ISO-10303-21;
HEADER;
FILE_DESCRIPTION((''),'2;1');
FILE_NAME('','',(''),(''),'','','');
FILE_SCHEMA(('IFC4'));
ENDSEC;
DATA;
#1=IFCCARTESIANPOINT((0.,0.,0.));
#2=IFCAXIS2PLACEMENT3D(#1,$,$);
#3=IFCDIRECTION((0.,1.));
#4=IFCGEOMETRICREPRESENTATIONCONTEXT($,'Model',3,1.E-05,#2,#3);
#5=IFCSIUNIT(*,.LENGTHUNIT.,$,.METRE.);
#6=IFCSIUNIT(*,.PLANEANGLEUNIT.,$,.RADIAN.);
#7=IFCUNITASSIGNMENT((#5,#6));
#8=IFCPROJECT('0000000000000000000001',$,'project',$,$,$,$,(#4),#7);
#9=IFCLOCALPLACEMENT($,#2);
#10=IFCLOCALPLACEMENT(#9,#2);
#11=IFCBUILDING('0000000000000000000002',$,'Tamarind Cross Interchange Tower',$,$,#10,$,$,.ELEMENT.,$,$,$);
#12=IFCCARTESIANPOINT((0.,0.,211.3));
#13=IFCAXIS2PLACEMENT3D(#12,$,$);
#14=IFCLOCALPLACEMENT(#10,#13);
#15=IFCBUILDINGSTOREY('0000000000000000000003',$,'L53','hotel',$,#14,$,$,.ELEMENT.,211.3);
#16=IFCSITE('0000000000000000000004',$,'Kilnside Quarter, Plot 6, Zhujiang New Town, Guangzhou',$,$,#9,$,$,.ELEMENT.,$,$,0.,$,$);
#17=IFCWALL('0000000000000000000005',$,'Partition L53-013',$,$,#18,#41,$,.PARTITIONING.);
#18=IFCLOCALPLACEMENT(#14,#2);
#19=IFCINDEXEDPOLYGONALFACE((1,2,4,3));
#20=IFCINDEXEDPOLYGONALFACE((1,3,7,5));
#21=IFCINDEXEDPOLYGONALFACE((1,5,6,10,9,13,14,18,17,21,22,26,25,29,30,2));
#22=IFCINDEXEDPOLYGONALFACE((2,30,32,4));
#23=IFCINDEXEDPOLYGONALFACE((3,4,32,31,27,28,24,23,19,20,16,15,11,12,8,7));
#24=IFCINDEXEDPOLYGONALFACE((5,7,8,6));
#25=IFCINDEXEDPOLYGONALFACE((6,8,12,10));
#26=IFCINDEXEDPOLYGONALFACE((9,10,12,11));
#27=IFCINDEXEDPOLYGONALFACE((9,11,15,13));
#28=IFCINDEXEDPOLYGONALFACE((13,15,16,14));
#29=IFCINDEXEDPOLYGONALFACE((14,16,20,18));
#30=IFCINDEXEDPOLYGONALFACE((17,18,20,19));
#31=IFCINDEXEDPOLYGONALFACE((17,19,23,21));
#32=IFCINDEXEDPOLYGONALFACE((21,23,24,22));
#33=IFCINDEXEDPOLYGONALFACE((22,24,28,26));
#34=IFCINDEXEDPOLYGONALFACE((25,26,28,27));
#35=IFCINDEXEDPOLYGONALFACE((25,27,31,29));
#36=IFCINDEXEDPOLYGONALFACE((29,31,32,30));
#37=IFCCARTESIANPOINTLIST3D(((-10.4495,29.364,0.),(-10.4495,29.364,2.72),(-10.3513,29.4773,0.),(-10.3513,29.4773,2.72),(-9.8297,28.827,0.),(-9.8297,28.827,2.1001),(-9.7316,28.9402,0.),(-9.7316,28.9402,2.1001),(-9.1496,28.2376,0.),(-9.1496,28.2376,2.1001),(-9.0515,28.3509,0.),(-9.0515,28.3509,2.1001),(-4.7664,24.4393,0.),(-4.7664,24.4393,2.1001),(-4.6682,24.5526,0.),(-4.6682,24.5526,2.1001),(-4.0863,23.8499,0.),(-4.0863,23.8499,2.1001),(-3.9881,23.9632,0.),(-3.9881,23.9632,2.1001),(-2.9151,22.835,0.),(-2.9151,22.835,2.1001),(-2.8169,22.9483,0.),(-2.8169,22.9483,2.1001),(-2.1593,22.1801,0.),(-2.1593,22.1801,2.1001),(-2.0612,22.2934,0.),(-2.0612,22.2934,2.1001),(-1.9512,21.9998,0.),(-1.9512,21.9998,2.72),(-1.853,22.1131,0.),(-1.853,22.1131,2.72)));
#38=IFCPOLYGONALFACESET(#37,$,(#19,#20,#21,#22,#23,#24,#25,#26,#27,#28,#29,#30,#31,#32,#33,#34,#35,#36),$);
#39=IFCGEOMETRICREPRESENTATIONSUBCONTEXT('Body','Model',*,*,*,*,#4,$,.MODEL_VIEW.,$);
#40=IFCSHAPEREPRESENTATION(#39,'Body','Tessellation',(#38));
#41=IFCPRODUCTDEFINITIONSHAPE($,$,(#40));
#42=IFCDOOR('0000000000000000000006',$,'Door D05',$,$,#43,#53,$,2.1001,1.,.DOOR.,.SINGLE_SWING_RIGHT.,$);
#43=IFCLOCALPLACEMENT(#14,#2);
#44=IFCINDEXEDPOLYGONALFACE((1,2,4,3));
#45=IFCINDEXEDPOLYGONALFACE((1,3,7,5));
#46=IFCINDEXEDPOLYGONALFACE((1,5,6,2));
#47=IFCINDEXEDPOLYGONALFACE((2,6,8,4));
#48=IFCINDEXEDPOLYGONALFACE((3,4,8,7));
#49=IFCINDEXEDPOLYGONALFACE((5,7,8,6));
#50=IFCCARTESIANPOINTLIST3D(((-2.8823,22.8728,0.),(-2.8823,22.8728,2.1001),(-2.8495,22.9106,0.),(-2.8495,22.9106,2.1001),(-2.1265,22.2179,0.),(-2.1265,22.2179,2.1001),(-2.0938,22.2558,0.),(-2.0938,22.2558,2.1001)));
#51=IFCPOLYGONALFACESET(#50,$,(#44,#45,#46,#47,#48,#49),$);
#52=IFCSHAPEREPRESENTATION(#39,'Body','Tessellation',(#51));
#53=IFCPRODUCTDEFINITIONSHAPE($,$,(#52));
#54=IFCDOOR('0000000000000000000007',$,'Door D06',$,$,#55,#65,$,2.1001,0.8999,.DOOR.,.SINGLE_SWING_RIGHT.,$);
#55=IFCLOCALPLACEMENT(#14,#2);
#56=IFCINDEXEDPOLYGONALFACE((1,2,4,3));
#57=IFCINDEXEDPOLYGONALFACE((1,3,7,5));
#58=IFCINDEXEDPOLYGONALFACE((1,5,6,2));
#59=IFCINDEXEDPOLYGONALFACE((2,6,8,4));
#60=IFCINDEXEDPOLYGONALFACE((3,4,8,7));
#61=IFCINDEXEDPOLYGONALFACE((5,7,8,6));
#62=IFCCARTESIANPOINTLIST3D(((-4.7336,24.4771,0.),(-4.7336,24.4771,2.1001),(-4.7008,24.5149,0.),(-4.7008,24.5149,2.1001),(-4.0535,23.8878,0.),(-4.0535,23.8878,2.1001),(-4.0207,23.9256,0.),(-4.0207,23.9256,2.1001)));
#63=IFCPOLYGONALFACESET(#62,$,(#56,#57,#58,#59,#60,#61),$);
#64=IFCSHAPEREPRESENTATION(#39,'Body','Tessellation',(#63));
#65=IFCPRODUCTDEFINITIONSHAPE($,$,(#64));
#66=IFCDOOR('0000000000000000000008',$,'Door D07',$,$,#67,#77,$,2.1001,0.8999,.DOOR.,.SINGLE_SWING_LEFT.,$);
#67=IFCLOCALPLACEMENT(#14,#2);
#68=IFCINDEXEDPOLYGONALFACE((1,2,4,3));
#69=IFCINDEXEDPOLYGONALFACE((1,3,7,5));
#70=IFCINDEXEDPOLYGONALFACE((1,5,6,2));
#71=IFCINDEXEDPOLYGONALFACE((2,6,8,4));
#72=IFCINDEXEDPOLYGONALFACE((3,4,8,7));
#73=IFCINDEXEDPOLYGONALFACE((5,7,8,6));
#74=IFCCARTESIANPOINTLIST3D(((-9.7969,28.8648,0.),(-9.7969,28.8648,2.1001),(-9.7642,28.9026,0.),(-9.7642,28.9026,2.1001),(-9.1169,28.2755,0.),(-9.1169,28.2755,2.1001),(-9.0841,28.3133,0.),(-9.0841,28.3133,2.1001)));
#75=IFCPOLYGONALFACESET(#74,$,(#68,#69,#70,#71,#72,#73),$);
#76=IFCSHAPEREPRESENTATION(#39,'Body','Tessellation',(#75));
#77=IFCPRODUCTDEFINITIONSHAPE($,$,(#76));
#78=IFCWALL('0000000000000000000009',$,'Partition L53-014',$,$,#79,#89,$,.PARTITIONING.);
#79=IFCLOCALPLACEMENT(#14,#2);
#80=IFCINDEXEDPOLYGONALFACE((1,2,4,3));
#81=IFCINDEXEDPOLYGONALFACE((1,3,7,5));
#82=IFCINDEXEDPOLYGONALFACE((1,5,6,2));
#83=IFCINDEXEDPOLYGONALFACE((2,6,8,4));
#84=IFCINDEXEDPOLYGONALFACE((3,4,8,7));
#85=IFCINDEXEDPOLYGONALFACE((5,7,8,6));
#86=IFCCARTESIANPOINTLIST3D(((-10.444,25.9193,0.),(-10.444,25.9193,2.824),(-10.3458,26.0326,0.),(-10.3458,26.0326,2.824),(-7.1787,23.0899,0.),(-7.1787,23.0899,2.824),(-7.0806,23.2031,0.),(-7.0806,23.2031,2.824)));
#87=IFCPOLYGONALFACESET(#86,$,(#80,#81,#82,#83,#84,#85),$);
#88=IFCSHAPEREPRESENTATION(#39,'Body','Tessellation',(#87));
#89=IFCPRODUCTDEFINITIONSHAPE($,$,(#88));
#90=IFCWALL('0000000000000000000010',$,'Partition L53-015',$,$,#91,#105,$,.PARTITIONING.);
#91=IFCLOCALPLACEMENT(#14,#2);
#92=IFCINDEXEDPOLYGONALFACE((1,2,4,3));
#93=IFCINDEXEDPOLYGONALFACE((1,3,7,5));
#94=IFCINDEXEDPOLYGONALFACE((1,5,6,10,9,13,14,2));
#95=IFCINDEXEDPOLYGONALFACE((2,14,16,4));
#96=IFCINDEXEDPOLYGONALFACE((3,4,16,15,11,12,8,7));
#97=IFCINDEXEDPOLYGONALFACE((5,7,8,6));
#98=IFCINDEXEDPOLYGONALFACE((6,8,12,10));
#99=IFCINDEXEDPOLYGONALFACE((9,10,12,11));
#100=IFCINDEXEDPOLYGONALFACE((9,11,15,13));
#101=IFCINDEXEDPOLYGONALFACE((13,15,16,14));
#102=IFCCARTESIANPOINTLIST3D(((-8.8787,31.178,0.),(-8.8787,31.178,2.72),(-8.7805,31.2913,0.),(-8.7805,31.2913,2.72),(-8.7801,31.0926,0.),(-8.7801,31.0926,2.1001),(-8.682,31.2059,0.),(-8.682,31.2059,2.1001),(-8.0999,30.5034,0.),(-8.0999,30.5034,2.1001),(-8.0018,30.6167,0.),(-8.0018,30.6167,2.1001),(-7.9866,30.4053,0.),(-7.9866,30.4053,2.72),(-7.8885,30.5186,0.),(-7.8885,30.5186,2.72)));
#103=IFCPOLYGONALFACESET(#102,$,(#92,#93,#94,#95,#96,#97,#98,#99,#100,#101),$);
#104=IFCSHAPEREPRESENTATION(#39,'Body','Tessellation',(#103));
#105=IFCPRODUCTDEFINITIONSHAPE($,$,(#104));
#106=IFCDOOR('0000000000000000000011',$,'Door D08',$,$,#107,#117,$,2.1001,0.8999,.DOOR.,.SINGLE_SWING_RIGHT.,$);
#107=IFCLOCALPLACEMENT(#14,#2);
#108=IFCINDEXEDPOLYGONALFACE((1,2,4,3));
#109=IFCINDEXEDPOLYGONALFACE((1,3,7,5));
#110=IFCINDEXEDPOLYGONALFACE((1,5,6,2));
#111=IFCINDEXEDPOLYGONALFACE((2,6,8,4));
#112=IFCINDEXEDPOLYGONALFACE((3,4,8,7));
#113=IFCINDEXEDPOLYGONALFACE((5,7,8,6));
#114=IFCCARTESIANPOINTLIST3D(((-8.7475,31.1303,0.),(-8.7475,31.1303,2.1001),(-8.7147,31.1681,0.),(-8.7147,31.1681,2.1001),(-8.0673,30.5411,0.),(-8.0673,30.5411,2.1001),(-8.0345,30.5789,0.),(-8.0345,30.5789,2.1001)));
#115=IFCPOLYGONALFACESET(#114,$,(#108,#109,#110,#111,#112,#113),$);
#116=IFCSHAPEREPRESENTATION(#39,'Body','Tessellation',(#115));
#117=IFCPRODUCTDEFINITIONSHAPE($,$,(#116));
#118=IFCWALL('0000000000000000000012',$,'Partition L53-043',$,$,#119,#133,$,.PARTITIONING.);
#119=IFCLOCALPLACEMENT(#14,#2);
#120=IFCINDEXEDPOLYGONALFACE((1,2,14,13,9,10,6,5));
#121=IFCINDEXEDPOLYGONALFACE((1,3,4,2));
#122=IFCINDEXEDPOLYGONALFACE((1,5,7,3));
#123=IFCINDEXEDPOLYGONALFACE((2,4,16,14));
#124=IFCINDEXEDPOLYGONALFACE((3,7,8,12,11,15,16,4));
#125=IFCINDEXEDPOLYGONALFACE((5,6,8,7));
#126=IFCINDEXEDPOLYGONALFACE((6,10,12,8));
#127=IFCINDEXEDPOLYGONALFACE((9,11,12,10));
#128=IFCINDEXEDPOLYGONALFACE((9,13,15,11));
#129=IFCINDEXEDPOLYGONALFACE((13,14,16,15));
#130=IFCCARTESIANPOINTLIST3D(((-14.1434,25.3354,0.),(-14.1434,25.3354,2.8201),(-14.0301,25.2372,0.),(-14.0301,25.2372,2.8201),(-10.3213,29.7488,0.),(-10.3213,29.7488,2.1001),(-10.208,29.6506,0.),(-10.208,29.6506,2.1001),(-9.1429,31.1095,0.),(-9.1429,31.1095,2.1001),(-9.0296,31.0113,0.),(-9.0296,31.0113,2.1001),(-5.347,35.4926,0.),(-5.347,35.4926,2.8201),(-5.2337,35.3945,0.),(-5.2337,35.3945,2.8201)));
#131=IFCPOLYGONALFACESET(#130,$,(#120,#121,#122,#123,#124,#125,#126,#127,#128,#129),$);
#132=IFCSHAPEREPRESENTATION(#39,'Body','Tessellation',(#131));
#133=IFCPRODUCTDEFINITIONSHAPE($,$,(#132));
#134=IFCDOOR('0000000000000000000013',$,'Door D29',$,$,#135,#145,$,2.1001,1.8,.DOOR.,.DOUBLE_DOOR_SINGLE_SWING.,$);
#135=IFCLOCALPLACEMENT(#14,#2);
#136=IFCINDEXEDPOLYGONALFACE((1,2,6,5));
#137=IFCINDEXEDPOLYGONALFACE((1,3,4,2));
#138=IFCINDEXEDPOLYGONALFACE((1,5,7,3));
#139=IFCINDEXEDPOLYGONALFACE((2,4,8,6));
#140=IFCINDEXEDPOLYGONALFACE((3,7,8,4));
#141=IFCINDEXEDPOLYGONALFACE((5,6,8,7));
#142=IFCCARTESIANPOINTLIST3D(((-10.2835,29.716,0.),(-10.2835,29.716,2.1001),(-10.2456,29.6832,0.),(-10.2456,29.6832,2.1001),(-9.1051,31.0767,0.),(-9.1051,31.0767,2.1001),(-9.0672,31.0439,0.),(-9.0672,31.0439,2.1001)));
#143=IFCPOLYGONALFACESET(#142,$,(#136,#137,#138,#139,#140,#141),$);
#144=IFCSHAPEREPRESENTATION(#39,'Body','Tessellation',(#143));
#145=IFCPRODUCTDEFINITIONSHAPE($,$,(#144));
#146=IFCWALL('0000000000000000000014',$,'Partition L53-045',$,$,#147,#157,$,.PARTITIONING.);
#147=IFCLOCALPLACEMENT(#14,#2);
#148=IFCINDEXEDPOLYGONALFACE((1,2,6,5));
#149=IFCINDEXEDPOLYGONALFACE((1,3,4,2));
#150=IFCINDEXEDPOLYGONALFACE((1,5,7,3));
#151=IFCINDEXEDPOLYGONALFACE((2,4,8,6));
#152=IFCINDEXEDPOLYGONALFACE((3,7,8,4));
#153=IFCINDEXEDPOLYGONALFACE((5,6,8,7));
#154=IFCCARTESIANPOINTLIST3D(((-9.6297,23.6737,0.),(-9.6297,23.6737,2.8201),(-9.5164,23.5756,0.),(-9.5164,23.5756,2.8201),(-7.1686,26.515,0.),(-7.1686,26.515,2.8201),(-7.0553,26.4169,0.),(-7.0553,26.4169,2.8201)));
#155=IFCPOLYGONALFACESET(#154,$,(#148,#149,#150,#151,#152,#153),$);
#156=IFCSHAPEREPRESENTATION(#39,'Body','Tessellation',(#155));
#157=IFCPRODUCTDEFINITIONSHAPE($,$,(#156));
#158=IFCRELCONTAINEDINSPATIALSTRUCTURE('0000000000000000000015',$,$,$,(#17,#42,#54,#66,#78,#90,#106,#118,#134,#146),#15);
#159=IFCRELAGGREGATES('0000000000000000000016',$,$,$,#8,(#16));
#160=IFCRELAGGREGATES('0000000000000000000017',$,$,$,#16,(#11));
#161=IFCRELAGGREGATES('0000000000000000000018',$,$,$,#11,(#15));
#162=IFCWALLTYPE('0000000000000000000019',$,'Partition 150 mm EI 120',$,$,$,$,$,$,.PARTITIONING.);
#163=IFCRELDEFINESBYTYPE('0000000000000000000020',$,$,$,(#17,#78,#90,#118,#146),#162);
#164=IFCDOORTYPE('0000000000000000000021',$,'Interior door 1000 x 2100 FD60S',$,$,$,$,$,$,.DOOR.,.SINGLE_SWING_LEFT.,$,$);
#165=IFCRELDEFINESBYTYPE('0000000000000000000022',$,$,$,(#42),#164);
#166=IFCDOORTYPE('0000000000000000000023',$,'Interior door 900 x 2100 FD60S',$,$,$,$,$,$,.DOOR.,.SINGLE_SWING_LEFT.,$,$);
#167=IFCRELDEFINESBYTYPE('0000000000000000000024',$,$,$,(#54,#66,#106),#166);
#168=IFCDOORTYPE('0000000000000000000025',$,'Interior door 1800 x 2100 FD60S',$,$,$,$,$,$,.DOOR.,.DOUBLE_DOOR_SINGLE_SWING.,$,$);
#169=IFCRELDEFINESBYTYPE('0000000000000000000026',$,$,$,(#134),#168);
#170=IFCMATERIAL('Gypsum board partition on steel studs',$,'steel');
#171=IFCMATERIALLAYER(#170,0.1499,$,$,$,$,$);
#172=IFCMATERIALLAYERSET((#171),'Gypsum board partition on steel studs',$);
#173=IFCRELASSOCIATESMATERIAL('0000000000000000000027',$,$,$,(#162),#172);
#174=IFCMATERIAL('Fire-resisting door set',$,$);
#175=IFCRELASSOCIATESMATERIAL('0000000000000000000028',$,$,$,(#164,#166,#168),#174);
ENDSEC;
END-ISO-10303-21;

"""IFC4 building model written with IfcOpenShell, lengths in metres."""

from ifc_helpers import new_model, si_unit, direction, frame, frame_2d, origin, place, context, subcontext, project, spatial, rectangle, extrude, material, layer, layer_set, type_object, element, fill, save


model = new_model("IFC4")

# Units and contexts
model_context = context("Model", 3, precision=1e-05, world=origin(), true_north=direction((0.0, 1.0)))
body_context = subcontext(model_context, "Body", "Model", "MODEL_VIEW")
ifc_project = project(units=[si_unit("LENGTHUNIT", "METRE"), si_unit("PLANEANGLEUNIT", "RADIAN")], contexts=[model_context])

# Site, building, storey
site_placement = place(None, origin())
site = spatial("IfcSite", under=ifc_project, at=site_placement, Name="Kilnside Quarter, Plot 6, Zhujiang New Town, Guangzhou", CompositionType="ELEMENT", RefElevation=0.0)
building_placement = place(site_placement, origin())
building = spatial("IfcBuilding", under=site, at=building_placement, Name="Tamarind Cross Interchange Tower", CompositionType="ELEMENT")
storey_placement = place(building_placement, frame((0.0, 0.0, 211.3)))
storey = spatial("IfcBuildingStorey", under=building, at=storey_placement, Name="L53", Description="hotel", CompositionType="ELEMENT", Elevation=211.3)

# Wall, openings, doors
ifc_material_1 = material(Name="Gypsum board partition on steel studs", Category="steel")
ifc_layer_1 = layer(ifc_material_1, 0.1499)
ifc_layer_set_1 = layer_set([ifc_layer_1], Name="Gypsum board partition on steel studs")
wall_type = type_object("IfcWallType", Name="Partition 150 mm EI 120", PredefinedType="PARTITIONING", material=ifc_layer_set_1)
wall_1_placement = place(storey_placement, frame((-10.4004, 29.4207, 0.0), z_axis=(0.0, 0.0, 1.0), x_axis=(0.75573, -0.654883, 0.0)))
wall_1 = element("IfcWall", 1, at=wall_1_placement, inside=storey, type_object=wall_type, Name="Partition L53-013", PredefinedType="PARTITIONING", context=body_context, shape_type="SweptSolid", body=[
    extrude(rectangle(XDim=11.2451, YDim=0.1499, at=frame_2d((5.6226, 0.0))), origin(), (0.0, 0.0, 1.0), 2.72),
])
opening_1_placement = place(wall_1_placement, frame((9.9697, 0.0, 0.0)))
opening_1 = element("IfcOpeningElement", 2, at=opening_1_placement, cuts=wall_1, PredefinedType="OPENING", context=body_context, shape_type="SweptSolid", body=[
    extrude(rectangle(XDim=1.0, YDim=2.1001, at=frame_2d((0.5, 1.05))), frame((0.0, 0.085, 0.0), z_axis=(0.0, -1.0, 0.0), x_axis=(1.0, 0.0, 0.0)), (0.0, 0.0, 1.0), 0.1699),
])
opening_2_placement = place(wall_1_placement, frame((7.52, 0.0, 0.0)))
opening_2 = element("IfcOpeningElement", 3, at=opening_2_placement, cuts=wall_1, PredefinedType="OPENING", context=body_context, shape_type="SweptSolid", body=[
    extrude(rectangle(XDim=0.8999, YDim=2.1001, at=frame_2d((0.45, 1.05))), frame((0.0, 0.085, 0.0), z_axis=(0.0, -1.0, 0.0), x_axis=(1.0, 0.0, 0.0)), (0.0, 0.0, 1.0), 0.1699),
])
opening_3_placement = place(wall_1_placement, frame((0.8201, 0.0, 0.0)))
opening_3 = element("IfcOpeningElement", 4, at=opening_3_placement, cuts=wall_1, PredefinedType="OPENING", context=body_context, shape_type="SweptSolid", body=[
    extrude(rectangle(XDim=0.8999, YDim=2.1001, at=frame_2d((0.45, 1.05))), frame((0.0, 0.085, 0.0), z_axis=(0.0, -1.0, 0.0), x_axis=(1.0, 0.0, 0.0)), (0.0, 0.0, 1.0), 0.1699),
])
ifc_material_2 = material(Name="Fire-resisting door set")
door_type_1 = type_object("IfcDoorType", Name="Interior door 1000 x 2100 FD60S", OperationType="SINGLE_SWING_LEFT", PredefinedType="DOOR", material=ifc_material_2)
door_1_placement = place(opening_1_placement, frame((1.0, 0.0, 0.0), z_axis=(0.0, 0.0, 1.0), x_axis=(-1.0, 0.0, 0.0)))
door_1 = element("IfcDoor", 5, at=door_1_placement, inside=storey, type_object=door_type_1, Name="Door D05", OperationType="SINGLE_SWING_RIGHT", OverallHeight=2.1001, OverallWidth=1.0, PredefinedType="DOOR", context=body_context, shape_type="SweptSolid", body=[
    extrude(rectangle(XDim=1.0, YDim=2.1001, at=frame_2d((0.5, 1.05))), frame((0.0, 0.0249, 0.0), z_axis=(0.0, -1.0, 0.0), x_axis=(1.0, 0.0, 0.0)), (0.0, 0.0, 1.0), 0.05),
])
fill(opening_1, door_1)
door_type_2 = type_object("IfcDoorType", Name="Interior door 900 x 2100 FD60S", OperationType="SINGLE_SWING_LEFT", PredefinedType="DOOR", material=ifc_material_2)
door_2_placement = place(opening_2_placement, frame((0.8999, 0.0, 0.0), z_axis=(0.0, 0.0, 1.0), x_axis=(-1.0, 0.0, 0.0)))
door_2 = element("IfcDoor", 6, at=door_2_placement, inside=storey, type_object=door_type_2, Name="Door D06", OperationType="SINGLE_SWING_RIGHT", OverallHeight=2.1001, OverallWidth=0.8999, PredefinedType="DOOR", context=body_context, shape_type="SweptSolid", body=[
    extrude(rectangle(XDim=0.8999, YDim=2.1001, at=frame_2d((0.45, 1.05))), frame((0.0, 0.0249, 0.0), z_axis=(0.0, -1.0, 0.0), x_axis=(1.0, 0.0, 0.0)), (0.0, 0.0, 1.0), 0.05),
])
fill(opening_2, door_2)
door_3_placement = place(opening_3_placement, frame((0.8999, 0.0, 0.0), z_axis=(0.0, 0.0, 1.0), x_axis=(-1.0, 0.0, 0.0)))
door_3 = element("IfcDoor", 7, at=door_3_placement, inside=storey, type_object=door_type_2, Name="Door D07", OperationType="SINGLE_SWING_LEFT", OverallHeight=2.1001, OverallWidth=0.8999, PredefinedType="DOOR", context=body_context, shape_type="SweptSolid", body=[
    extrude(rectangle(XDim=0.8999, YDim=2.1001, at=frame_2d((0.45, 1.05))), frame((0.0, 0.0249, 0.0), z_axis=(0.0, -1.0, 0.0), x_axis=(1.0, 0.0, 0.0)), (0.0, 0.0, 1.0), 0.05),
])
fill(opening_3, door_3)

# Wall
wall_2_placement = place(storey_placement, frame((-10.3948, 25.9758, 0.0), z_axis=(0.0, 0.0, 1.0), x_axis=(0.755739, -0.654872, 0.0)))
element("IfcWall", 8, at=wall_2_placement, inside=storey, type_object=wall_type, Name="Partition L53-014", PredefinedType="PARTITIONING", context=body_context, shape_type="SweptSolid", body=[
    extrude(rectangle(XDim=4.3206, YDim=0.1499, at=frame_2d((2.1602, 0.0))), origin(), (0.0, 0.0, 1.0), 2.824),
])

# Walls, openings, doors
wall_3_placement = place(storey_placement, frame((-8.8296, 31.2346, 0.0), z_axis=(0.0, 0.0, 1.0), x_axis=(0.755873, -0.654718, 0.0)))
wall_3 = element("IfcWall", 9, at=wall_3_placement, inside=storey, type_object=wall_type, Name="Partition L53-015", PredefinedType="PARTITIONING", context=body_context, shape_type="SweptSolid", body=[
    extrude(rectangle(XDim=1.1802, YDim=0.1499, at=frame_2d((0.5901, 0.0))), origin(), (0.0, 0.0, 1.0), 2.72),
])
opening_4_placement = place(wall_3_placement, frame((0.1304, 0.0, 0.0)))
opening_4 = element("IfcOpeningElement", 10, at=opening_4_placement, cuts=wall_3, PredefinedType="OPENING", context=body_context, shape_type="SweptSolid", body=[
    extrude(rectangle(XDim=0.8999, YDim=2.1001, at=frame_2d((0.45, 1.05))), frame((0.0, 0.085, 0.0), z_axis=(0.0, -1.0, 0.0), x_axis=(1.0, 0.0, 0.0)), (0.0, 0.0, 1.0), 0.1699),
])
door_4_placement = place(opening_4_placement, origin())
door_4 = element("IfcDoor", 11, at=door_4_placement, inside=storey, type_object=door_type_2, Name="Door D08", OperationType="SINGLE_SWING_RIGHT", OverallHeight=2.1001, OverallWidth=0.8999, PredefinedType="DOOR", context=body_context, shape_type="SweptSolid", body=[
    extrude(rectangle(XDim=0.8999, YDim=2.1001, at=frame_2d((0.45, 1.05))), frame((0.0, 0.0249, 0.0), z_axis=(0.0, -1.0, 0.0), x_axis=(1.0, 0.0, 0.0)), (0.0, 0.0, 1.0), 0.05),
])
fill(opening_4, door_4)
wall_4_placement = place(storey_placement, frame((-14.0867, 25.2864, 0.0), z_axis=(0.0, 0.0, 1.0), x_axis=(0.654652, 0.75593, 0.0)))
wall_4 = element("IfcWall", 12, at=wall_4_placement, inside=storey, type_object=wall_type, Name="Partition L53-043", PredefinedType="PARTITIONING", context=body_context, shape_type="SweptSolid", body=[
    extrude(rectangle(XDim=13.4368, YDim=0.1499, at=frame_2d((6.7183, 0.0))), origin(), (0.0, 0.0, 1.0), 2.8201),
])
opening_5_placement = place(wall_4_placement, frame((5.8384, 0.0, 0.0)))
opening_5 = element("IfcOpeningElement", 13, at=opening_5_placement, cuts=wall_4, PredefinedType="OPENING", context=body_context, shape_type="SweptSolid", body=[
    extrude(rectangle(XDim=1.8, YDim=2.1001, at=frame_2d((0.8999, 1.05))), frame((0.0, 0.085, 0.0), z_axis=(0.0, -1.0, 0.0), x_axis=(1.0, 0.0, 0.0)), (0.0, 0.0, 1.0), 0.1699),
])
door_type_3 = type_object("IfcDoorType", Name="Interior door 1800 x 2100 FD60S", OperationType="DOUBLE_DOOR_SINGLE_SWING", PredefinedType="DOOR", material=ifc_material_2)
door_5_placement = place(opening_5_placement, origin())
door_5 = element("IfcDoor", 14, at=door_5_placement, inside=storey, type_object=door_type_3, Name="Door D29", OperationType="DOUBLE_DOOR_SINGLE_SWING", OverallHeight=2.1001, OverallWidth=1.8, PredefinedType="DOOR", context=body_context, shape_type="SweptSolid", body=[
    extrude(rectangle(XDim=1.8, YDim=2.1001, at=frame_2d((0.8999, 1.05))), frame((0.0, 0.0249, 0.0), z_axis=(0.0, -1.0, 0.0), x_axis=(1.0, 0.0, 0.0)), (0.0, 0.0, 1.0), 0.05),
])
fill(opening_5, door_5)

# Wall
wall_5_placement = place(storey_placement, frame((-9.573, 23.6248, 0.0), z_axis=(0.0, 0.0, 1.0), x_axis=(0.654735, 0.755858, 0.0)))
element("IfcWall", 15, at=wall_5_placement, inside=storey, type_object=wall_type, Name="Partition L53-045", PredefinedType="PARTITIONING", context=body_context, shape_type="SweptSolid", body=[
    extrude(rectangle(XDim=3.759, YDim=0.1499, at=frame_2d((1.8794, 0.0))), origin(), (0.0, 0.0, 1.0), 2.8201),
])

save(model, "model.ifc")
